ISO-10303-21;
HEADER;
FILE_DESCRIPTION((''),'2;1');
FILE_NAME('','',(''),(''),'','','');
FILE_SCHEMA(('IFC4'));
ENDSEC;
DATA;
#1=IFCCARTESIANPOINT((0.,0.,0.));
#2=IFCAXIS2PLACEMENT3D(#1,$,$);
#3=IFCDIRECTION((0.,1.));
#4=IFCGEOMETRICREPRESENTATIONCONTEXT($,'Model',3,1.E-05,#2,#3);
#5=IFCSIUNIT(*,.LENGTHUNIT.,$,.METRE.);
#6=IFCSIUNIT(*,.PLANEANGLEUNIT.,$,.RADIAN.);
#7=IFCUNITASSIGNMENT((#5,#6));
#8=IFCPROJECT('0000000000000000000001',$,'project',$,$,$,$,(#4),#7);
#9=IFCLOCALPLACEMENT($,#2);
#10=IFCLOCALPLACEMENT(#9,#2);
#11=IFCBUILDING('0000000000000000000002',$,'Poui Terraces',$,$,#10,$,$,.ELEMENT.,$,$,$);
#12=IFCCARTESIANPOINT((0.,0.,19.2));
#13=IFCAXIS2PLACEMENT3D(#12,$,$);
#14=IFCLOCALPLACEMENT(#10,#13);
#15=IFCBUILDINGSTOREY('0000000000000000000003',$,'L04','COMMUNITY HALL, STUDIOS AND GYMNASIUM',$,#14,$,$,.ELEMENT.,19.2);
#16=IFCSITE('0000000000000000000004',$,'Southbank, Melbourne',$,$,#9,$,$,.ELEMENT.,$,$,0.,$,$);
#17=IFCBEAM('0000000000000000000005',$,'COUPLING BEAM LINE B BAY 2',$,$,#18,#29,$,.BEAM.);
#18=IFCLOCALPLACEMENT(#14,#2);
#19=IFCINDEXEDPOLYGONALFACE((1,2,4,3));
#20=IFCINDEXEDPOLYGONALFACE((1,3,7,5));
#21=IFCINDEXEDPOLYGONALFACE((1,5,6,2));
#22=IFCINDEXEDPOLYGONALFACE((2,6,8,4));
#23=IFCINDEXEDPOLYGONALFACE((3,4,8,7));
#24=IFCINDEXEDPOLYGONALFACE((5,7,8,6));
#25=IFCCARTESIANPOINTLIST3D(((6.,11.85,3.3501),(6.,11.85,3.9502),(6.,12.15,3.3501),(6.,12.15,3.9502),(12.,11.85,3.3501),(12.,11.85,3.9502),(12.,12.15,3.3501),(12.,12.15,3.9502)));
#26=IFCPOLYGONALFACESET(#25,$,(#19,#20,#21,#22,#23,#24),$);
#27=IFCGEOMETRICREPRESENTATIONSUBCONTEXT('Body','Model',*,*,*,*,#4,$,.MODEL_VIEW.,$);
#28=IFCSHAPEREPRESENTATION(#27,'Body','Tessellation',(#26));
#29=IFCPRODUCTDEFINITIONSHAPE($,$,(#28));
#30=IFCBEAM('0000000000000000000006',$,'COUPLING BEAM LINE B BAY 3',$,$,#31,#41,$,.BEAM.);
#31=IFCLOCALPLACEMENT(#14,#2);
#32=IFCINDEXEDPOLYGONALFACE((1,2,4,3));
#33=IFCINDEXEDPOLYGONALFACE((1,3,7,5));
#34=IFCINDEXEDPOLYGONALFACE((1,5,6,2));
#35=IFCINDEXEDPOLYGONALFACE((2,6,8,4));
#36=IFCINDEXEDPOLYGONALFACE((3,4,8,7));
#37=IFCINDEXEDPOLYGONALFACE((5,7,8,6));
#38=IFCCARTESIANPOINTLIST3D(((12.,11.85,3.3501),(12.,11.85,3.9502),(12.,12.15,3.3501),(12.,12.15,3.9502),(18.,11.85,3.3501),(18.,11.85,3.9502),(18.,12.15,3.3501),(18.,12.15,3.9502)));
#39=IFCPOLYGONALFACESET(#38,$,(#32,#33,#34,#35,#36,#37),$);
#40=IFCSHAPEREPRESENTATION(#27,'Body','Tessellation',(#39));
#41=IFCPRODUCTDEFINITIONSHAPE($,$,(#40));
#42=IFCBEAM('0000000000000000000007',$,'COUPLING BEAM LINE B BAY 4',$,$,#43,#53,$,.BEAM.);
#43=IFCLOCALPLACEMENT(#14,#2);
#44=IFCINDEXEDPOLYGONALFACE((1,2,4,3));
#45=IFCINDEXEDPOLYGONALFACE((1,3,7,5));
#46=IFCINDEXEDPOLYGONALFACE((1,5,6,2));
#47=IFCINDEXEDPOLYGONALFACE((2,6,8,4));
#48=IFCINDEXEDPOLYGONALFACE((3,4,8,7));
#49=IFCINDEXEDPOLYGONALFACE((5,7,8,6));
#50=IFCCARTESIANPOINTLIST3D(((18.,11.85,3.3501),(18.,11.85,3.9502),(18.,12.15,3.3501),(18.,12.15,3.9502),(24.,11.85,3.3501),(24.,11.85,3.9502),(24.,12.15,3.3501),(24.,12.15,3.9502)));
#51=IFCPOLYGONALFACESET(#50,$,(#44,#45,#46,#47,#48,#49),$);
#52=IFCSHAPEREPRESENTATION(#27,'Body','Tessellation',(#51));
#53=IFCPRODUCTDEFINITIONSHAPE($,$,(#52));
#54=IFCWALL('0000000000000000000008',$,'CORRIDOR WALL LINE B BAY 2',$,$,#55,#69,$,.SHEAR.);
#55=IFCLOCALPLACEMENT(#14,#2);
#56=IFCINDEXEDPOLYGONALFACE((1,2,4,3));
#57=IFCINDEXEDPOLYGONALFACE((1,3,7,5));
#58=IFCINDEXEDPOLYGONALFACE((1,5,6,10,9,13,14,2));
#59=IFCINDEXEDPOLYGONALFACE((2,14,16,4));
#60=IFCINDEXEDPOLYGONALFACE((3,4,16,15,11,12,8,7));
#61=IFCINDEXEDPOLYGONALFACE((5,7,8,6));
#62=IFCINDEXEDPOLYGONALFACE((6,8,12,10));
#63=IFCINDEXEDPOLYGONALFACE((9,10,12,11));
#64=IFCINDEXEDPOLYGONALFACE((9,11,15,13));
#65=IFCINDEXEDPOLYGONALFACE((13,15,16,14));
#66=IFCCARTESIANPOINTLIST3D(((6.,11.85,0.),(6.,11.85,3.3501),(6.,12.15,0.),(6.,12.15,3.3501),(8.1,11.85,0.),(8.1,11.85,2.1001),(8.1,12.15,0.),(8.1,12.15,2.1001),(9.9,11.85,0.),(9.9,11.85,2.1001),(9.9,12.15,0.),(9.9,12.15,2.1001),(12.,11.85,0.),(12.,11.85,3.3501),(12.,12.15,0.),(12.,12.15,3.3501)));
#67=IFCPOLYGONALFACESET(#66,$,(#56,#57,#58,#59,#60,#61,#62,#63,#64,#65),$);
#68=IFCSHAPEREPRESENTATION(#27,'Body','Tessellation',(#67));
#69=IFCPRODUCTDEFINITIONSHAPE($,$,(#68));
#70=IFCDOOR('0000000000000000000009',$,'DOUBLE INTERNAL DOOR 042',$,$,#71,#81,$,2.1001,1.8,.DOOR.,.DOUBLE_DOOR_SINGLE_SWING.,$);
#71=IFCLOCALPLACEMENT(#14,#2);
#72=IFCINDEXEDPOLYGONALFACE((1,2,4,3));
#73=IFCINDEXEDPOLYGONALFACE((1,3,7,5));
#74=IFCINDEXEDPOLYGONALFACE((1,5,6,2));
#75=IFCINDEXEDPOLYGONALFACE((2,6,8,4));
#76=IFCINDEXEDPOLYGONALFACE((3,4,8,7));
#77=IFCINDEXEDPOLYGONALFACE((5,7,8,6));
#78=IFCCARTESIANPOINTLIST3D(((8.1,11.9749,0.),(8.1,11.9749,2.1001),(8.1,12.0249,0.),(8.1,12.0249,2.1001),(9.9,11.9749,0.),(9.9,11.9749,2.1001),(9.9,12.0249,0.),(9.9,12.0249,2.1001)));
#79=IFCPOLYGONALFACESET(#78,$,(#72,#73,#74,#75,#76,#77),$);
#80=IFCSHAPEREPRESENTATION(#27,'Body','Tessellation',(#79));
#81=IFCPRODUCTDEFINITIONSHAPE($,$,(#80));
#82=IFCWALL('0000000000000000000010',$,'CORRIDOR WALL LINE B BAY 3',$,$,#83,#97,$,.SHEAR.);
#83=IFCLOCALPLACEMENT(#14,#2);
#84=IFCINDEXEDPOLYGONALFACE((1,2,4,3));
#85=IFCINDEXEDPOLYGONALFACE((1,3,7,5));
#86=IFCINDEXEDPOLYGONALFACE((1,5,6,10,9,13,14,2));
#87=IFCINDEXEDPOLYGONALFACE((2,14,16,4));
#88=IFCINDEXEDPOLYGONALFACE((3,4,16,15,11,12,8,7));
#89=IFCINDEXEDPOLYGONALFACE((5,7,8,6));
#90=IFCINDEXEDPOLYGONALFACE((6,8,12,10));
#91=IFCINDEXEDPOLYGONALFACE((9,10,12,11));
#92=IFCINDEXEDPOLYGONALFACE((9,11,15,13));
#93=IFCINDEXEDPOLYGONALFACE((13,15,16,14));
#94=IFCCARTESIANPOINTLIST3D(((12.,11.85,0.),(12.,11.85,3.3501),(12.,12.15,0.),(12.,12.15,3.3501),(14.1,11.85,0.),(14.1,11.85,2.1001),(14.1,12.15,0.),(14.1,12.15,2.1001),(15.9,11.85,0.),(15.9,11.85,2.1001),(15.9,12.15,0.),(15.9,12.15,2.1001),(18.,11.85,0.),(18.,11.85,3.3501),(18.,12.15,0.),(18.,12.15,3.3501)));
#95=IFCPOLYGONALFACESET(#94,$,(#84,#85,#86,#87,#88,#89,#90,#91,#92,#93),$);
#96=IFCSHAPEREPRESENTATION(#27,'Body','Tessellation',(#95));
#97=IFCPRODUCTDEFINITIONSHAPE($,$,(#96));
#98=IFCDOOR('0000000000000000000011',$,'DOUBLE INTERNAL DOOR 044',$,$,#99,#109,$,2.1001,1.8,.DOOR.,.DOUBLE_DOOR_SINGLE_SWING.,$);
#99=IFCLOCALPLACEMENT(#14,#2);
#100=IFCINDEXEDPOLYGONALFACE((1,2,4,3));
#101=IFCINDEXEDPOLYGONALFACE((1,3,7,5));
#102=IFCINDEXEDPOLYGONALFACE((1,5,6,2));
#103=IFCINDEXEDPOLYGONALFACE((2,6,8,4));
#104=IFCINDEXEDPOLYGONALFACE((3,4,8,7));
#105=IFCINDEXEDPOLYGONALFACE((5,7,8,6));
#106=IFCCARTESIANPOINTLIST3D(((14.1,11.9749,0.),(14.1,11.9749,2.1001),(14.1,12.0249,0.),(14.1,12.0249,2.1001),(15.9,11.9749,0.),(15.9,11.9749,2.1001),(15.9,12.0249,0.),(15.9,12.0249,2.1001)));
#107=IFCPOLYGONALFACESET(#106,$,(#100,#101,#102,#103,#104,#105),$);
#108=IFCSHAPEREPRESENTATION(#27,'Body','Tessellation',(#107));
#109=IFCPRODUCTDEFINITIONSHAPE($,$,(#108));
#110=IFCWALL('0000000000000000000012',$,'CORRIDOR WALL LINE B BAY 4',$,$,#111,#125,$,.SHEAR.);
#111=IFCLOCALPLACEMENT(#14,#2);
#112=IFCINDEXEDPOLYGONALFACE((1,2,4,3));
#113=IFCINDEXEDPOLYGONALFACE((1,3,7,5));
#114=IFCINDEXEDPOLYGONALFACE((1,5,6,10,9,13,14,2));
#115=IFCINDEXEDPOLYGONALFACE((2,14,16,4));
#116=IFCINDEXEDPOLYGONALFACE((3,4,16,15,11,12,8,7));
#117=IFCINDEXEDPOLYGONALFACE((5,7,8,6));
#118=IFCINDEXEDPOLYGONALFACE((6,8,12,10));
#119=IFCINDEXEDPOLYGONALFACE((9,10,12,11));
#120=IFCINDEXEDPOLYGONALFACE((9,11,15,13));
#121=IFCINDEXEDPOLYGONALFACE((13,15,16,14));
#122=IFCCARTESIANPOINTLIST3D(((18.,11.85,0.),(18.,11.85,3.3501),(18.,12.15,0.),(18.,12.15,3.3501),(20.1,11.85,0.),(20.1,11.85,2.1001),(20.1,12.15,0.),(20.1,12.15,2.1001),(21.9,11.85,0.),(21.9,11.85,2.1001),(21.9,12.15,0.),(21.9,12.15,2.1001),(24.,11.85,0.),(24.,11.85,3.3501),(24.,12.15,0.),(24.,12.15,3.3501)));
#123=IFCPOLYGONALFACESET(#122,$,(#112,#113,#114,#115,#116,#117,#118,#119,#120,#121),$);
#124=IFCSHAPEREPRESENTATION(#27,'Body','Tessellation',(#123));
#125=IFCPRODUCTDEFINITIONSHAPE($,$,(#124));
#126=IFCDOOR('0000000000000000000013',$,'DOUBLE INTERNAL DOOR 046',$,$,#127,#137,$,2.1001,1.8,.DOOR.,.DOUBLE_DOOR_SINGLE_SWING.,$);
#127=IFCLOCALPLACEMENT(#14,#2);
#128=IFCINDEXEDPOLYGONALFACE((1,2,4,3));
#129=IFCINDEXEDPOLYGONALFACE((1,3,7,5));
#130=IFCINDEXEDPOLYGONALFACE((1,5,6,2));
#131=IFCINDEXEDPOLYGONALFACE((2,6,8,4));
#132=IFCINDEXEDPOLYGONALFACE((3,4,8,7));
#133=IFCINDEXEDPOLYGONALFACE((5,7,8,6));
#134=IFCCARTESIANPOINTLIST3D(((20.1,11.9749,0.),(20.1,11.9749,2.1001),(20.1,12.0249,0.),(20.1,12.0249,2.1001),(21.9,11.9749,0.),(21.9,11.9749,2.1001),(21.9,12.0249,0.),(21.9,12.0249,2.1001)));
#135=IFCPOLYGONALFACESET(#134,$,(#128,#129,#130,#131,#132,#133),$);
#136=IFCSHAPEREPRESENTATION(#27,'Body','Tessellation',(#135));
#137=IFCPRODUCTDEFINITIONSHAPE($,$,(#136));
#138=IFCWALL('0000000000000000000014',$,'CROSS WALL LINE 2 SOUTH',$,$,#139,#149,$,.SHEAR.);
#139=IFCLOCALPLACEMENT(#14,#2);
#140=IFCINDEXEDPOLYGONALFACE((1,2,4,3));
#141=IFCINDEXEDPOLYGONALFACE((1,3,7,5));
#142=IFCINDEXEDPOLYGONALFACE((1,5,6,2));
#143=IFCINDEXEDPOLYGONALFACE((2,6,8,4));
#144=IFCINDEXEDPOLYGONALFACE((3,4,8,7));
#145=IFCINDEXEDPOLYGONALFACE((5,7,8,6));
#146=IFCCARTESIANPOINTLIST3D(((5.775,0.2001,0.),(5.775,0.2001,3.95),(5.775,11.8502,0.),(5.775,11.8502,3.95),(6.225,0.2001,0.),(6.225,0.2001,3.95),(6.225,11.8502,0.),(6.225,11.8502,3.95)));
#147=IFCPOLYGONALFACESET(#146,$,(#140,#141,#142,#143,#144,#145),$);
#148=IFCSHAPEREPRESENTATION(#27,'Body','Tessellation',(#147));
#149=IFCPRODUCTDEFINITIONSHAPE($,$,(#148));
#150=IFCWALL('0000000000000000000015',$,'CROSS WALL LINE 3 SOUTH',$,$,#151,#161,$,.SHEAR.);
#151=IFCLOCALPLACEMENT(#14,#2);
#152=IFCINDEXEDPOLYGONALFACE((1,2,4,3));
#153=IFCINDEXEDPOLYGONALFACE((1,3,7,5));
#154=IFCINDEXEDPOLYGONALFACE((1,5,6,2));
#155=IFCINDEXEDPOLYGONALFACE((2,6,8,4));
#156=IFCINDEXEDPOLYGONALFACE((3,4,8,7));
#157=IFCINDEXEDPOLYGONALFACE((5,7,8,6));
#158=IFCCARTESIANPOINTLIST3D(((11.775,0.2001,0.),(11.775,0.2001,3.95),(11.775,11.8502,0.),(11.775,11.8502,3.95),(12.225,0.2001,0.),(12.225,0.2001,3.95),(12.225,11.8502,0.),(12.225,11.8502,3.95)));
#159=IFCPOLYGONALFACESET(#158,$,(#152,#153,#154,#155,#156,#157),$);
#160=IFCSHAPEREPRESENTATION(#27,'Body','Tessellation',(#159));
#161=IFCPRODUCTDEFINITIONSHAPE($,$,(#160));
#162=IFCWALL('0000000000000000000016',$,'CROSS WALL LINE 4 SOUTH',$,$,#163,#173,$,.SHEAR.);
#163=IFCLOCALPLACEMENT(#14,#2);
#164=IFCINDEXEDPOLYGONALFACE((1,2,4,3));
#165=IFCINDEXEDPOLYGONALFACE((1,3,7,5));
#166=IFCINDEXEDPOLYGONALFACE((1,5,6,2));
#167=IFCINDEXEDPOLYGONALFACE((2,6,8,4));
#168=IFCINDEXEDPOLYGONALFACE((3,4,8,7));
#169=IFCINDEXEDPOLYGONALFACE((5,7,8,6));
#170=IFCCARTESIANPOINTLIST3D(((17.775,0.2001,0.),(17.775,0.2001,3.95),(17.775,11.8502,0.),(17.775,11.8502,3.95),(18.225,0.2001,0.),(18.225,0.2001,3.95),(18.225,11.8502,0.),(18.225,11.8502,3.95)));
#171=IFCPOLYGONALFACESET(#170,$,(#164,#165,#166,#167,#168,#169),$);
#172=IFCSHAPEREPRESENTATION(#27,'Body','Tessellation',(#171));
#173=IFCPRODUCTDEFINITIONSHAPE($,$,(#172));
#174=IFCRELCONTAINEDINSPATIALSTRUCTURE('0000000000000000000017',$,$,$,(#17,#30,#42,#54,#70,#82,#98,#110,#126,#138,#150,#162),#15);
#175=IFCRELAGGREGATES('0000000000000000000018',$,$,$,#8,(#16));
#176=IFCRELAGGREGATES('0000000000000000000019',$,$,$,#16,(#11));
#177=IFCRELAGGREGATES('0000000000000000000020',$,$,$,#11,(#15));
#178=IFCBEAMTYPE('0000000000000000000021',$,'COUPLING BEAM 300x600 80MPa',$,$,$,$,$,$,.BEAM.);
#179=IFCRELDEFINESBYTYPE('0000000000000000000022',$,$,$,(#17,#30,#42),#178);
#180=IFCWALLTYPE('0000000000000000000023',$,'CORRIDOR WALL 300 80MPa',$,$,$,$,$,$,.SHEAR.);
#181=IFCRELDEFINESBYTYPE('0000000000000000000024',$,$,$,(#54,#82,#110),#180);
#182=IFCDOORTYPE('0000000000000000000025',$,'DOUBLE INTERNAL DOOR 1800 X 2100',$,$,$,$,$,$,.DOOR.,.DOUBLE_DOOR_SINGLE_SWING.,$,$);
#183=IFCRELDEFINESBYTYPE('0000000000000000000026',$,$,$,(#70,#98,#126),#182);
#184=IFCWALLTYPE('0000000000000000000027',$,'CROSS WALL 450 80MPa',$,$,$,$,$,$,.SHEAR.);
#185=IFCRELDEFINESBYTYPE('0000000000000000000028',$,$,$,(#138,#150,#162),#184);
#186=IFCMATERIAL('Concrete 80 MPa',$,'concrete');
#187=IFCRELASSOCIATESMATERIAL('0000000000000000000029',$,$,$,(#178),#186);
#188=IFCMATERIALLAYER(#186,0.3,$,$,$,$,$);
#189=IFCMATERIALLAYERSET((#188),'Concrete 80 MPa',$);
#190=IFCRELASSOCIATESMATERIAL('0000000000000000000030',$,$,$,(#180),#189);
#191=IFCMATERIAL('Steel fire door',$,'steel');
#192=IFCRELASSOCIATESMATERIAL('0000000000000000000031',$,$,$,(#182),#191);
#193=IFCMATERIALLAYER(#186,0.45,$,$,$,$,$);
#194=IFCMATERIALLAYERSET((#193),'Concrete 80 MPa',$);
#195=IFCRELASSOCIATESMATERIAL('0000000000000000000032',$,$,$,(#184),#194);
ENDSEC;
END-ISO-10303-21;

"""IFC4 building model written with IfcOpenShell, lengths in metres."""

from ifc_helpers import new_model, si_unit, direction, frame, frame_2d, origin, origin_2d, place, context, subcontext, project, spatial, rectangle, extrude, source, transform, mapped, material, layer, layer_set, material_profile, profile_set, type_object, element, fill, save


model = new_model("IFC4")

# Units and contexts
model_context = context("Model", 3, precision=1e-05, world=origin(), true_north=direction((0.0, 1.0)))
body_context = subcontext(model_context, "Body", "Model", "MODEL_VIEW")
ifc_project = project(units=[si_unit("LENGTHUNIT", "METRE"), si_unit("PLANEANGLEUNIT", "RADIAN")], contexts=[model_context])

# Site, building, storey
site_placement = place(None, origin())
site = spatial("IfcSite", under=ifc_project, at=site_placement, Name="Southbank, Melbourne", CompositionType="ELEMENT", RefElevation=0.0)
building_placement = place(site_placement, origin())
building = spatial("IfcBuilding", under=site, at=building_placement, Name="Poui Terraces", CompositionType="ELEMENT")
storey_placement = place(building_placement, frame((0.0, 0.0, 19.2)))
storey = spatial("IfcBuildingStorey", under=building, at=storey_placement, Name="L04", Description="COMMUNITY HALL, STUDIOS AND GYMNASIUM", CompositionType="ELEMENT", Elevation=19.2)

# Beams
ifc_material_1 = material(Name="Concrete 80 MPa", Category="concrete")
ifc_material_profile = material_profile(ifc_material_1, rectangle(XDim=0.3, YDim=0.6001, at=origin_2d()), Name="RC 300x600")
ifc_profile_set = profile_set([ifc_material_profile], Name="Concrete 80 MPa")
beam_type = type_object("IfcBeamType", Name="COUPLING BEAM 300x600 80MPa", PredefinedType="BEAM", material=ifc_profile_set)
shared_shape = source(origin(), body_context, "Body", "SweptSolid", [
    extrude(rectangle(XDim=0.3, YDim=0.6001, at=origin_2d()), origin(), (0.0, 0.0, 1.0), 6.0),
])
for number, where, z_axis, x_axis, name in (
    (1, (6.0, 12.0, 3.6501), (1.0, 0.0, 0.0), (0.0, 1.0, 0.0), "COUPLING BEAM LINE B BAY 2"),
    (2, (12.0, 12.0, 3.6501), (1.0, 0.0, 0.0), (0.0, 1.0, 0.0), "COUPLING BEAM LINE B BAY 3"),
    (3, (18.0, 12.0, 3.6501), (1.0, 0.0, 0.0), (0.0, 1.0, 0.0), "COUPLING BEAM LINE B BAY 4"),
):
    element("IfcBeam", number, at=place(storey_placement, frame(where, z_axis=z_axis, x_axis=x_axis)), inside=storey, type_object=beam_type, Name=name, PredefinedType="BEAM", context=body_context, shape_type="MappedRepresentation", body=[
        mapped(shared_shape, transform((0.0, 0.0, 0.0))),
    ])

# Walls, openings, doors
ifc_layer_1 = layer(ifc_material_1, 0.3)
ifc_layer_set_1 = layer_set([ifc_layer_1], Name="Concrete 80 MPa")
wall_type_1 = type_object("IfcWallType", Name="CORRIDOR WALL 300 80MPa", PredefinedType="SHEAR", material=ifc_layer_set_1)
wall_1_placement = place(storey_placement, frame((6.0, 12.0, 0.0), z_axis=(0.0, 0.0, 1.0), x_axis=(1.0, 0.0, 0.0)))
wall_1 = element("IfcWall", 4, at=wall_1_placement, inside=storey, type_object=wall_type_1, Name="CORRIDOR WALL LINE B BAY 2", PredefinedType="SHEAR", context=body_context, shape_type="SweptSolid", body=[
    extrude(rectangle(XDim=6.0, YDim=0.3, at=frame_2d((3.0, 0.0))), origin(), (0.0, 0.0, 1.0), 3.3501),
])
opening_1_placement = place(wall_1_placement, frame((2.1001, 0.0, 0.0)))
opening_1 = element("IfcOpeningElement", 5, at=opening_1_placement, cuts=wall_1, PredefinedType="OPENING", context=body_context, shape_type="SweptSolid", body=[
    extrude(rectangle(XDim=1.8, YDim=2.1001, at=frame_2d((0.8999, 1.05))), frame((0.0, 0.1602, 0.0), z_axis=(0.0, -1.0, 0.0), x_axis=(1.0, 0.0, 0.0)), (0.0, 0.0, 1.0), 0.3201),
])
ifc_material_2 = material(Name="Steel fire door", Category="steel")
door_type = type_object("IfcDoorType", Name="DOUBLE INTERNAL DOOR 1800 X 2100", OperationType="DOUBLE_DOOR_SINGLE_SWING", PredefinedType="DOOR", material=ifc_material_2)
door_1_placement = place(opening_1_placement, origin())
door_1 = element("IfcDoor", 6, at=door_1_placement, inside=storey, type_object=door_type, Name="DOUBLE INTERNAL DOOR 042", OperationType="DOUBLE_DOOR_SINGLE_SWING", OverallHeight=2.1001, OverallWidth=1.8, PredefinedType="DOOR", context=body_context, shape_type="SweptSolid", body=[
    extrude(rectangle(XDim=1.8, YDim=2.1001, at=frame_2d((0.8999, 1.05))), frame((0.0, 0.0249, 0.0), z_axis=(0.0, -1.0, 0.0), x_axis=(1.0, 0.0, 0.0)), (0.0, 0.0, 1.0), 0.05),
])
fill(opening_1, door_1)
wall_2_placement = place(storey_placement, frame((12.0, 12.0, 0.0), z_axis=(0.0, 0.0, 1.0), x_axis=(1.0, 0.0, 0.0)))
wall_2 = element("IfcWall", 7, at=wall_2_placement, inside=storey, type_object=wall_type_1, Name="CORRIDOR WALL LINE B BAY 3", PredefinedType="SHEAR", context=body_context, shape_type="SweptSolid", body=[
    extrude(rectangle(XDim=6.0, YDim=0.3, at=frame_2d((3.0, 0.0))), origin(), (0.0, 0.0, 1.0), 3.3501),
])
opening_2_placement = place(wall_2_placement, frame((2.1001, 0.0, 0.0)))
opening_2 = element("IfcOpeningElement", 8, at=opening_2_placement, cuts=wall_2, PredefinedType="OPENING", context=body_context, shape_type="SweptSolid", body=[
    extrude(rectangle(XDim=1.8, YDim=2.1001, at=frame_2d((0.8999, 1.05))), frame((0.0, 0.1602, 0.0), z_axis=(0.0, -1.0, 0.0), x_axis=(1.0, 0.0, 0.0)), (0.0, 0.0, 1.0), 0.3201),
])
door_2_placement = place(opening_2_placement, origin())
door_2 = element("IfcDoor", 9, at=door_2_placement, inside=storey, type_object=door_type, Name="DOUBLE INTERNAL DOOR 044", OperationType="DOUBLE_DOOR_SINGLE_SWING", OverallHeight=2.1001, OverallWidth=1.8, PredefinedType="DOOR", context=body_context, shape_type="SweptSolid", body=[
    extrude(rectangle(XDim=1.8, YDim=2.1001, at=frame_2d((0.8999, 1.05))), frame((0.0, 0.0249, 0.0), z_axis=(0.0, -1.0, 0.0), x_axis=(1.0, 0.0, 0.0)), (0.0, 0.0, 1.0), 0.05),
])
fill(opening_2, door_2)
wall_3_placement = place(storey_placement, frame((18.0, 12.0, 0.0), z_axis=(0.0, 0.0, 1.0), x_axis=(1.0, 0.0, 0.0)))
wall_3 = element("IfcWall", 10, at=wall_3_placement, inside=storey, type_object=wall_type_1, Name="CORRIDOR WALL LINE B BAY 4", PredefinedType="SHEAR", context=body_context, shape_type="SweptSolid", body=[
    extrude(rectangle(XDim=6.0, YDim=0.3, at=frame_2d((3.0, 0.0))), origin(), (0.0, 0.0, 1.0), 3.3501),
])
opening_3_placement = place(wall_3_placement, frame((2.1001, 0.0, 0.0)))
opening_3 = element("IfcOpeningElement", 11, at=opening_3_placement, cuts=wall_3, PredefinedType="OPENING", context=body_context, shape_type="SweptSolid", body=[
    extrude(rectangle(XDim=1.8, YDim=2.1001, at=frame_2d((0.8999, 1.05))), frame((0.0, 0.1602, 0.0), z_axis=(0.0, -1.0, 0.0), x_axis=(1.0, 0.0, 0.0)), (0.0, 0.0, 1.0), 0.3201),
])
door_3_placement = place(opening_3_placement, origin())
door_3 = element("IfcDoor", 12, at=door_3_placement, inside=storey, type_object=door_type, Name="DOUBLE INTERNAL DOOR 046", OperationType="DOUBLE_DOOR_SINGLE_SWING", OverallHeight=2.1001, OverallWidth=1.8, PredefinedType="DOOR", context=body_context, shape_type="SweptSolid", body=[
    extrude(rectangle(XDim=1.8, YDim=2.1001, at=frame_2d((0.8999, 1.05))), frame((0.0, 0.0249, 0.0), z_axis=(0.0, -1.0, 0.0), x_axis=(1.0, 0.0, 0.0)), (0.0, 0.0, 1.0), 0.05),
])
fill(opening_3, door_3)

# Walls
ifc_layer_2 = layer(ifc_material_1, 0.45)
ifc_layer_set_2 = layer_set([ifc_layer_2], Name="Concrete 80 MPa")
wall_type_2 = type_object("IfcWallType", Name="CROSS WALL 450 80MPa", PredefinedType="SHEAR", material=ifc_layer_set_2)
for number, where, z_axis, x_axis, name in (
    (13, (6.0, 0.2, 0.0), (0.0, 0.0, 1.0), (0.0, 1.0, 0.0), "CROSS WALL LINE 2 SOUTH"),
    (14, (12.0, 0.2, 0.0), (0.0, 0.0, 1.0), (0.0, 1.0, 0.0), "CROSS WALL LINE 3 SOUTH"),
    (15, (18.0, 0.2, 0.0), (0.0, 0.0, 1.0), (0.0, 1.0, 0.0), "CROSS WALL LINE 4 SOUTH"),
):
    element("IfcWall", number, at=place(storey_placement, frame(where, z_axis=z_axis, x_axis=x_axis)), inside=storey, type_object=wall_type_2, Name=name, PredefinedType="SHEAR", context=body_context, shape_type="SweptSolid", body=[
        extrude(rectangle(XDim=11.6501, YDim=0.45, at=frame_2d((5.8252, 0.0))), origin(), (0.0, 0.0, 1.0), 3.95),
    ])

save(model, "model.ifc")
